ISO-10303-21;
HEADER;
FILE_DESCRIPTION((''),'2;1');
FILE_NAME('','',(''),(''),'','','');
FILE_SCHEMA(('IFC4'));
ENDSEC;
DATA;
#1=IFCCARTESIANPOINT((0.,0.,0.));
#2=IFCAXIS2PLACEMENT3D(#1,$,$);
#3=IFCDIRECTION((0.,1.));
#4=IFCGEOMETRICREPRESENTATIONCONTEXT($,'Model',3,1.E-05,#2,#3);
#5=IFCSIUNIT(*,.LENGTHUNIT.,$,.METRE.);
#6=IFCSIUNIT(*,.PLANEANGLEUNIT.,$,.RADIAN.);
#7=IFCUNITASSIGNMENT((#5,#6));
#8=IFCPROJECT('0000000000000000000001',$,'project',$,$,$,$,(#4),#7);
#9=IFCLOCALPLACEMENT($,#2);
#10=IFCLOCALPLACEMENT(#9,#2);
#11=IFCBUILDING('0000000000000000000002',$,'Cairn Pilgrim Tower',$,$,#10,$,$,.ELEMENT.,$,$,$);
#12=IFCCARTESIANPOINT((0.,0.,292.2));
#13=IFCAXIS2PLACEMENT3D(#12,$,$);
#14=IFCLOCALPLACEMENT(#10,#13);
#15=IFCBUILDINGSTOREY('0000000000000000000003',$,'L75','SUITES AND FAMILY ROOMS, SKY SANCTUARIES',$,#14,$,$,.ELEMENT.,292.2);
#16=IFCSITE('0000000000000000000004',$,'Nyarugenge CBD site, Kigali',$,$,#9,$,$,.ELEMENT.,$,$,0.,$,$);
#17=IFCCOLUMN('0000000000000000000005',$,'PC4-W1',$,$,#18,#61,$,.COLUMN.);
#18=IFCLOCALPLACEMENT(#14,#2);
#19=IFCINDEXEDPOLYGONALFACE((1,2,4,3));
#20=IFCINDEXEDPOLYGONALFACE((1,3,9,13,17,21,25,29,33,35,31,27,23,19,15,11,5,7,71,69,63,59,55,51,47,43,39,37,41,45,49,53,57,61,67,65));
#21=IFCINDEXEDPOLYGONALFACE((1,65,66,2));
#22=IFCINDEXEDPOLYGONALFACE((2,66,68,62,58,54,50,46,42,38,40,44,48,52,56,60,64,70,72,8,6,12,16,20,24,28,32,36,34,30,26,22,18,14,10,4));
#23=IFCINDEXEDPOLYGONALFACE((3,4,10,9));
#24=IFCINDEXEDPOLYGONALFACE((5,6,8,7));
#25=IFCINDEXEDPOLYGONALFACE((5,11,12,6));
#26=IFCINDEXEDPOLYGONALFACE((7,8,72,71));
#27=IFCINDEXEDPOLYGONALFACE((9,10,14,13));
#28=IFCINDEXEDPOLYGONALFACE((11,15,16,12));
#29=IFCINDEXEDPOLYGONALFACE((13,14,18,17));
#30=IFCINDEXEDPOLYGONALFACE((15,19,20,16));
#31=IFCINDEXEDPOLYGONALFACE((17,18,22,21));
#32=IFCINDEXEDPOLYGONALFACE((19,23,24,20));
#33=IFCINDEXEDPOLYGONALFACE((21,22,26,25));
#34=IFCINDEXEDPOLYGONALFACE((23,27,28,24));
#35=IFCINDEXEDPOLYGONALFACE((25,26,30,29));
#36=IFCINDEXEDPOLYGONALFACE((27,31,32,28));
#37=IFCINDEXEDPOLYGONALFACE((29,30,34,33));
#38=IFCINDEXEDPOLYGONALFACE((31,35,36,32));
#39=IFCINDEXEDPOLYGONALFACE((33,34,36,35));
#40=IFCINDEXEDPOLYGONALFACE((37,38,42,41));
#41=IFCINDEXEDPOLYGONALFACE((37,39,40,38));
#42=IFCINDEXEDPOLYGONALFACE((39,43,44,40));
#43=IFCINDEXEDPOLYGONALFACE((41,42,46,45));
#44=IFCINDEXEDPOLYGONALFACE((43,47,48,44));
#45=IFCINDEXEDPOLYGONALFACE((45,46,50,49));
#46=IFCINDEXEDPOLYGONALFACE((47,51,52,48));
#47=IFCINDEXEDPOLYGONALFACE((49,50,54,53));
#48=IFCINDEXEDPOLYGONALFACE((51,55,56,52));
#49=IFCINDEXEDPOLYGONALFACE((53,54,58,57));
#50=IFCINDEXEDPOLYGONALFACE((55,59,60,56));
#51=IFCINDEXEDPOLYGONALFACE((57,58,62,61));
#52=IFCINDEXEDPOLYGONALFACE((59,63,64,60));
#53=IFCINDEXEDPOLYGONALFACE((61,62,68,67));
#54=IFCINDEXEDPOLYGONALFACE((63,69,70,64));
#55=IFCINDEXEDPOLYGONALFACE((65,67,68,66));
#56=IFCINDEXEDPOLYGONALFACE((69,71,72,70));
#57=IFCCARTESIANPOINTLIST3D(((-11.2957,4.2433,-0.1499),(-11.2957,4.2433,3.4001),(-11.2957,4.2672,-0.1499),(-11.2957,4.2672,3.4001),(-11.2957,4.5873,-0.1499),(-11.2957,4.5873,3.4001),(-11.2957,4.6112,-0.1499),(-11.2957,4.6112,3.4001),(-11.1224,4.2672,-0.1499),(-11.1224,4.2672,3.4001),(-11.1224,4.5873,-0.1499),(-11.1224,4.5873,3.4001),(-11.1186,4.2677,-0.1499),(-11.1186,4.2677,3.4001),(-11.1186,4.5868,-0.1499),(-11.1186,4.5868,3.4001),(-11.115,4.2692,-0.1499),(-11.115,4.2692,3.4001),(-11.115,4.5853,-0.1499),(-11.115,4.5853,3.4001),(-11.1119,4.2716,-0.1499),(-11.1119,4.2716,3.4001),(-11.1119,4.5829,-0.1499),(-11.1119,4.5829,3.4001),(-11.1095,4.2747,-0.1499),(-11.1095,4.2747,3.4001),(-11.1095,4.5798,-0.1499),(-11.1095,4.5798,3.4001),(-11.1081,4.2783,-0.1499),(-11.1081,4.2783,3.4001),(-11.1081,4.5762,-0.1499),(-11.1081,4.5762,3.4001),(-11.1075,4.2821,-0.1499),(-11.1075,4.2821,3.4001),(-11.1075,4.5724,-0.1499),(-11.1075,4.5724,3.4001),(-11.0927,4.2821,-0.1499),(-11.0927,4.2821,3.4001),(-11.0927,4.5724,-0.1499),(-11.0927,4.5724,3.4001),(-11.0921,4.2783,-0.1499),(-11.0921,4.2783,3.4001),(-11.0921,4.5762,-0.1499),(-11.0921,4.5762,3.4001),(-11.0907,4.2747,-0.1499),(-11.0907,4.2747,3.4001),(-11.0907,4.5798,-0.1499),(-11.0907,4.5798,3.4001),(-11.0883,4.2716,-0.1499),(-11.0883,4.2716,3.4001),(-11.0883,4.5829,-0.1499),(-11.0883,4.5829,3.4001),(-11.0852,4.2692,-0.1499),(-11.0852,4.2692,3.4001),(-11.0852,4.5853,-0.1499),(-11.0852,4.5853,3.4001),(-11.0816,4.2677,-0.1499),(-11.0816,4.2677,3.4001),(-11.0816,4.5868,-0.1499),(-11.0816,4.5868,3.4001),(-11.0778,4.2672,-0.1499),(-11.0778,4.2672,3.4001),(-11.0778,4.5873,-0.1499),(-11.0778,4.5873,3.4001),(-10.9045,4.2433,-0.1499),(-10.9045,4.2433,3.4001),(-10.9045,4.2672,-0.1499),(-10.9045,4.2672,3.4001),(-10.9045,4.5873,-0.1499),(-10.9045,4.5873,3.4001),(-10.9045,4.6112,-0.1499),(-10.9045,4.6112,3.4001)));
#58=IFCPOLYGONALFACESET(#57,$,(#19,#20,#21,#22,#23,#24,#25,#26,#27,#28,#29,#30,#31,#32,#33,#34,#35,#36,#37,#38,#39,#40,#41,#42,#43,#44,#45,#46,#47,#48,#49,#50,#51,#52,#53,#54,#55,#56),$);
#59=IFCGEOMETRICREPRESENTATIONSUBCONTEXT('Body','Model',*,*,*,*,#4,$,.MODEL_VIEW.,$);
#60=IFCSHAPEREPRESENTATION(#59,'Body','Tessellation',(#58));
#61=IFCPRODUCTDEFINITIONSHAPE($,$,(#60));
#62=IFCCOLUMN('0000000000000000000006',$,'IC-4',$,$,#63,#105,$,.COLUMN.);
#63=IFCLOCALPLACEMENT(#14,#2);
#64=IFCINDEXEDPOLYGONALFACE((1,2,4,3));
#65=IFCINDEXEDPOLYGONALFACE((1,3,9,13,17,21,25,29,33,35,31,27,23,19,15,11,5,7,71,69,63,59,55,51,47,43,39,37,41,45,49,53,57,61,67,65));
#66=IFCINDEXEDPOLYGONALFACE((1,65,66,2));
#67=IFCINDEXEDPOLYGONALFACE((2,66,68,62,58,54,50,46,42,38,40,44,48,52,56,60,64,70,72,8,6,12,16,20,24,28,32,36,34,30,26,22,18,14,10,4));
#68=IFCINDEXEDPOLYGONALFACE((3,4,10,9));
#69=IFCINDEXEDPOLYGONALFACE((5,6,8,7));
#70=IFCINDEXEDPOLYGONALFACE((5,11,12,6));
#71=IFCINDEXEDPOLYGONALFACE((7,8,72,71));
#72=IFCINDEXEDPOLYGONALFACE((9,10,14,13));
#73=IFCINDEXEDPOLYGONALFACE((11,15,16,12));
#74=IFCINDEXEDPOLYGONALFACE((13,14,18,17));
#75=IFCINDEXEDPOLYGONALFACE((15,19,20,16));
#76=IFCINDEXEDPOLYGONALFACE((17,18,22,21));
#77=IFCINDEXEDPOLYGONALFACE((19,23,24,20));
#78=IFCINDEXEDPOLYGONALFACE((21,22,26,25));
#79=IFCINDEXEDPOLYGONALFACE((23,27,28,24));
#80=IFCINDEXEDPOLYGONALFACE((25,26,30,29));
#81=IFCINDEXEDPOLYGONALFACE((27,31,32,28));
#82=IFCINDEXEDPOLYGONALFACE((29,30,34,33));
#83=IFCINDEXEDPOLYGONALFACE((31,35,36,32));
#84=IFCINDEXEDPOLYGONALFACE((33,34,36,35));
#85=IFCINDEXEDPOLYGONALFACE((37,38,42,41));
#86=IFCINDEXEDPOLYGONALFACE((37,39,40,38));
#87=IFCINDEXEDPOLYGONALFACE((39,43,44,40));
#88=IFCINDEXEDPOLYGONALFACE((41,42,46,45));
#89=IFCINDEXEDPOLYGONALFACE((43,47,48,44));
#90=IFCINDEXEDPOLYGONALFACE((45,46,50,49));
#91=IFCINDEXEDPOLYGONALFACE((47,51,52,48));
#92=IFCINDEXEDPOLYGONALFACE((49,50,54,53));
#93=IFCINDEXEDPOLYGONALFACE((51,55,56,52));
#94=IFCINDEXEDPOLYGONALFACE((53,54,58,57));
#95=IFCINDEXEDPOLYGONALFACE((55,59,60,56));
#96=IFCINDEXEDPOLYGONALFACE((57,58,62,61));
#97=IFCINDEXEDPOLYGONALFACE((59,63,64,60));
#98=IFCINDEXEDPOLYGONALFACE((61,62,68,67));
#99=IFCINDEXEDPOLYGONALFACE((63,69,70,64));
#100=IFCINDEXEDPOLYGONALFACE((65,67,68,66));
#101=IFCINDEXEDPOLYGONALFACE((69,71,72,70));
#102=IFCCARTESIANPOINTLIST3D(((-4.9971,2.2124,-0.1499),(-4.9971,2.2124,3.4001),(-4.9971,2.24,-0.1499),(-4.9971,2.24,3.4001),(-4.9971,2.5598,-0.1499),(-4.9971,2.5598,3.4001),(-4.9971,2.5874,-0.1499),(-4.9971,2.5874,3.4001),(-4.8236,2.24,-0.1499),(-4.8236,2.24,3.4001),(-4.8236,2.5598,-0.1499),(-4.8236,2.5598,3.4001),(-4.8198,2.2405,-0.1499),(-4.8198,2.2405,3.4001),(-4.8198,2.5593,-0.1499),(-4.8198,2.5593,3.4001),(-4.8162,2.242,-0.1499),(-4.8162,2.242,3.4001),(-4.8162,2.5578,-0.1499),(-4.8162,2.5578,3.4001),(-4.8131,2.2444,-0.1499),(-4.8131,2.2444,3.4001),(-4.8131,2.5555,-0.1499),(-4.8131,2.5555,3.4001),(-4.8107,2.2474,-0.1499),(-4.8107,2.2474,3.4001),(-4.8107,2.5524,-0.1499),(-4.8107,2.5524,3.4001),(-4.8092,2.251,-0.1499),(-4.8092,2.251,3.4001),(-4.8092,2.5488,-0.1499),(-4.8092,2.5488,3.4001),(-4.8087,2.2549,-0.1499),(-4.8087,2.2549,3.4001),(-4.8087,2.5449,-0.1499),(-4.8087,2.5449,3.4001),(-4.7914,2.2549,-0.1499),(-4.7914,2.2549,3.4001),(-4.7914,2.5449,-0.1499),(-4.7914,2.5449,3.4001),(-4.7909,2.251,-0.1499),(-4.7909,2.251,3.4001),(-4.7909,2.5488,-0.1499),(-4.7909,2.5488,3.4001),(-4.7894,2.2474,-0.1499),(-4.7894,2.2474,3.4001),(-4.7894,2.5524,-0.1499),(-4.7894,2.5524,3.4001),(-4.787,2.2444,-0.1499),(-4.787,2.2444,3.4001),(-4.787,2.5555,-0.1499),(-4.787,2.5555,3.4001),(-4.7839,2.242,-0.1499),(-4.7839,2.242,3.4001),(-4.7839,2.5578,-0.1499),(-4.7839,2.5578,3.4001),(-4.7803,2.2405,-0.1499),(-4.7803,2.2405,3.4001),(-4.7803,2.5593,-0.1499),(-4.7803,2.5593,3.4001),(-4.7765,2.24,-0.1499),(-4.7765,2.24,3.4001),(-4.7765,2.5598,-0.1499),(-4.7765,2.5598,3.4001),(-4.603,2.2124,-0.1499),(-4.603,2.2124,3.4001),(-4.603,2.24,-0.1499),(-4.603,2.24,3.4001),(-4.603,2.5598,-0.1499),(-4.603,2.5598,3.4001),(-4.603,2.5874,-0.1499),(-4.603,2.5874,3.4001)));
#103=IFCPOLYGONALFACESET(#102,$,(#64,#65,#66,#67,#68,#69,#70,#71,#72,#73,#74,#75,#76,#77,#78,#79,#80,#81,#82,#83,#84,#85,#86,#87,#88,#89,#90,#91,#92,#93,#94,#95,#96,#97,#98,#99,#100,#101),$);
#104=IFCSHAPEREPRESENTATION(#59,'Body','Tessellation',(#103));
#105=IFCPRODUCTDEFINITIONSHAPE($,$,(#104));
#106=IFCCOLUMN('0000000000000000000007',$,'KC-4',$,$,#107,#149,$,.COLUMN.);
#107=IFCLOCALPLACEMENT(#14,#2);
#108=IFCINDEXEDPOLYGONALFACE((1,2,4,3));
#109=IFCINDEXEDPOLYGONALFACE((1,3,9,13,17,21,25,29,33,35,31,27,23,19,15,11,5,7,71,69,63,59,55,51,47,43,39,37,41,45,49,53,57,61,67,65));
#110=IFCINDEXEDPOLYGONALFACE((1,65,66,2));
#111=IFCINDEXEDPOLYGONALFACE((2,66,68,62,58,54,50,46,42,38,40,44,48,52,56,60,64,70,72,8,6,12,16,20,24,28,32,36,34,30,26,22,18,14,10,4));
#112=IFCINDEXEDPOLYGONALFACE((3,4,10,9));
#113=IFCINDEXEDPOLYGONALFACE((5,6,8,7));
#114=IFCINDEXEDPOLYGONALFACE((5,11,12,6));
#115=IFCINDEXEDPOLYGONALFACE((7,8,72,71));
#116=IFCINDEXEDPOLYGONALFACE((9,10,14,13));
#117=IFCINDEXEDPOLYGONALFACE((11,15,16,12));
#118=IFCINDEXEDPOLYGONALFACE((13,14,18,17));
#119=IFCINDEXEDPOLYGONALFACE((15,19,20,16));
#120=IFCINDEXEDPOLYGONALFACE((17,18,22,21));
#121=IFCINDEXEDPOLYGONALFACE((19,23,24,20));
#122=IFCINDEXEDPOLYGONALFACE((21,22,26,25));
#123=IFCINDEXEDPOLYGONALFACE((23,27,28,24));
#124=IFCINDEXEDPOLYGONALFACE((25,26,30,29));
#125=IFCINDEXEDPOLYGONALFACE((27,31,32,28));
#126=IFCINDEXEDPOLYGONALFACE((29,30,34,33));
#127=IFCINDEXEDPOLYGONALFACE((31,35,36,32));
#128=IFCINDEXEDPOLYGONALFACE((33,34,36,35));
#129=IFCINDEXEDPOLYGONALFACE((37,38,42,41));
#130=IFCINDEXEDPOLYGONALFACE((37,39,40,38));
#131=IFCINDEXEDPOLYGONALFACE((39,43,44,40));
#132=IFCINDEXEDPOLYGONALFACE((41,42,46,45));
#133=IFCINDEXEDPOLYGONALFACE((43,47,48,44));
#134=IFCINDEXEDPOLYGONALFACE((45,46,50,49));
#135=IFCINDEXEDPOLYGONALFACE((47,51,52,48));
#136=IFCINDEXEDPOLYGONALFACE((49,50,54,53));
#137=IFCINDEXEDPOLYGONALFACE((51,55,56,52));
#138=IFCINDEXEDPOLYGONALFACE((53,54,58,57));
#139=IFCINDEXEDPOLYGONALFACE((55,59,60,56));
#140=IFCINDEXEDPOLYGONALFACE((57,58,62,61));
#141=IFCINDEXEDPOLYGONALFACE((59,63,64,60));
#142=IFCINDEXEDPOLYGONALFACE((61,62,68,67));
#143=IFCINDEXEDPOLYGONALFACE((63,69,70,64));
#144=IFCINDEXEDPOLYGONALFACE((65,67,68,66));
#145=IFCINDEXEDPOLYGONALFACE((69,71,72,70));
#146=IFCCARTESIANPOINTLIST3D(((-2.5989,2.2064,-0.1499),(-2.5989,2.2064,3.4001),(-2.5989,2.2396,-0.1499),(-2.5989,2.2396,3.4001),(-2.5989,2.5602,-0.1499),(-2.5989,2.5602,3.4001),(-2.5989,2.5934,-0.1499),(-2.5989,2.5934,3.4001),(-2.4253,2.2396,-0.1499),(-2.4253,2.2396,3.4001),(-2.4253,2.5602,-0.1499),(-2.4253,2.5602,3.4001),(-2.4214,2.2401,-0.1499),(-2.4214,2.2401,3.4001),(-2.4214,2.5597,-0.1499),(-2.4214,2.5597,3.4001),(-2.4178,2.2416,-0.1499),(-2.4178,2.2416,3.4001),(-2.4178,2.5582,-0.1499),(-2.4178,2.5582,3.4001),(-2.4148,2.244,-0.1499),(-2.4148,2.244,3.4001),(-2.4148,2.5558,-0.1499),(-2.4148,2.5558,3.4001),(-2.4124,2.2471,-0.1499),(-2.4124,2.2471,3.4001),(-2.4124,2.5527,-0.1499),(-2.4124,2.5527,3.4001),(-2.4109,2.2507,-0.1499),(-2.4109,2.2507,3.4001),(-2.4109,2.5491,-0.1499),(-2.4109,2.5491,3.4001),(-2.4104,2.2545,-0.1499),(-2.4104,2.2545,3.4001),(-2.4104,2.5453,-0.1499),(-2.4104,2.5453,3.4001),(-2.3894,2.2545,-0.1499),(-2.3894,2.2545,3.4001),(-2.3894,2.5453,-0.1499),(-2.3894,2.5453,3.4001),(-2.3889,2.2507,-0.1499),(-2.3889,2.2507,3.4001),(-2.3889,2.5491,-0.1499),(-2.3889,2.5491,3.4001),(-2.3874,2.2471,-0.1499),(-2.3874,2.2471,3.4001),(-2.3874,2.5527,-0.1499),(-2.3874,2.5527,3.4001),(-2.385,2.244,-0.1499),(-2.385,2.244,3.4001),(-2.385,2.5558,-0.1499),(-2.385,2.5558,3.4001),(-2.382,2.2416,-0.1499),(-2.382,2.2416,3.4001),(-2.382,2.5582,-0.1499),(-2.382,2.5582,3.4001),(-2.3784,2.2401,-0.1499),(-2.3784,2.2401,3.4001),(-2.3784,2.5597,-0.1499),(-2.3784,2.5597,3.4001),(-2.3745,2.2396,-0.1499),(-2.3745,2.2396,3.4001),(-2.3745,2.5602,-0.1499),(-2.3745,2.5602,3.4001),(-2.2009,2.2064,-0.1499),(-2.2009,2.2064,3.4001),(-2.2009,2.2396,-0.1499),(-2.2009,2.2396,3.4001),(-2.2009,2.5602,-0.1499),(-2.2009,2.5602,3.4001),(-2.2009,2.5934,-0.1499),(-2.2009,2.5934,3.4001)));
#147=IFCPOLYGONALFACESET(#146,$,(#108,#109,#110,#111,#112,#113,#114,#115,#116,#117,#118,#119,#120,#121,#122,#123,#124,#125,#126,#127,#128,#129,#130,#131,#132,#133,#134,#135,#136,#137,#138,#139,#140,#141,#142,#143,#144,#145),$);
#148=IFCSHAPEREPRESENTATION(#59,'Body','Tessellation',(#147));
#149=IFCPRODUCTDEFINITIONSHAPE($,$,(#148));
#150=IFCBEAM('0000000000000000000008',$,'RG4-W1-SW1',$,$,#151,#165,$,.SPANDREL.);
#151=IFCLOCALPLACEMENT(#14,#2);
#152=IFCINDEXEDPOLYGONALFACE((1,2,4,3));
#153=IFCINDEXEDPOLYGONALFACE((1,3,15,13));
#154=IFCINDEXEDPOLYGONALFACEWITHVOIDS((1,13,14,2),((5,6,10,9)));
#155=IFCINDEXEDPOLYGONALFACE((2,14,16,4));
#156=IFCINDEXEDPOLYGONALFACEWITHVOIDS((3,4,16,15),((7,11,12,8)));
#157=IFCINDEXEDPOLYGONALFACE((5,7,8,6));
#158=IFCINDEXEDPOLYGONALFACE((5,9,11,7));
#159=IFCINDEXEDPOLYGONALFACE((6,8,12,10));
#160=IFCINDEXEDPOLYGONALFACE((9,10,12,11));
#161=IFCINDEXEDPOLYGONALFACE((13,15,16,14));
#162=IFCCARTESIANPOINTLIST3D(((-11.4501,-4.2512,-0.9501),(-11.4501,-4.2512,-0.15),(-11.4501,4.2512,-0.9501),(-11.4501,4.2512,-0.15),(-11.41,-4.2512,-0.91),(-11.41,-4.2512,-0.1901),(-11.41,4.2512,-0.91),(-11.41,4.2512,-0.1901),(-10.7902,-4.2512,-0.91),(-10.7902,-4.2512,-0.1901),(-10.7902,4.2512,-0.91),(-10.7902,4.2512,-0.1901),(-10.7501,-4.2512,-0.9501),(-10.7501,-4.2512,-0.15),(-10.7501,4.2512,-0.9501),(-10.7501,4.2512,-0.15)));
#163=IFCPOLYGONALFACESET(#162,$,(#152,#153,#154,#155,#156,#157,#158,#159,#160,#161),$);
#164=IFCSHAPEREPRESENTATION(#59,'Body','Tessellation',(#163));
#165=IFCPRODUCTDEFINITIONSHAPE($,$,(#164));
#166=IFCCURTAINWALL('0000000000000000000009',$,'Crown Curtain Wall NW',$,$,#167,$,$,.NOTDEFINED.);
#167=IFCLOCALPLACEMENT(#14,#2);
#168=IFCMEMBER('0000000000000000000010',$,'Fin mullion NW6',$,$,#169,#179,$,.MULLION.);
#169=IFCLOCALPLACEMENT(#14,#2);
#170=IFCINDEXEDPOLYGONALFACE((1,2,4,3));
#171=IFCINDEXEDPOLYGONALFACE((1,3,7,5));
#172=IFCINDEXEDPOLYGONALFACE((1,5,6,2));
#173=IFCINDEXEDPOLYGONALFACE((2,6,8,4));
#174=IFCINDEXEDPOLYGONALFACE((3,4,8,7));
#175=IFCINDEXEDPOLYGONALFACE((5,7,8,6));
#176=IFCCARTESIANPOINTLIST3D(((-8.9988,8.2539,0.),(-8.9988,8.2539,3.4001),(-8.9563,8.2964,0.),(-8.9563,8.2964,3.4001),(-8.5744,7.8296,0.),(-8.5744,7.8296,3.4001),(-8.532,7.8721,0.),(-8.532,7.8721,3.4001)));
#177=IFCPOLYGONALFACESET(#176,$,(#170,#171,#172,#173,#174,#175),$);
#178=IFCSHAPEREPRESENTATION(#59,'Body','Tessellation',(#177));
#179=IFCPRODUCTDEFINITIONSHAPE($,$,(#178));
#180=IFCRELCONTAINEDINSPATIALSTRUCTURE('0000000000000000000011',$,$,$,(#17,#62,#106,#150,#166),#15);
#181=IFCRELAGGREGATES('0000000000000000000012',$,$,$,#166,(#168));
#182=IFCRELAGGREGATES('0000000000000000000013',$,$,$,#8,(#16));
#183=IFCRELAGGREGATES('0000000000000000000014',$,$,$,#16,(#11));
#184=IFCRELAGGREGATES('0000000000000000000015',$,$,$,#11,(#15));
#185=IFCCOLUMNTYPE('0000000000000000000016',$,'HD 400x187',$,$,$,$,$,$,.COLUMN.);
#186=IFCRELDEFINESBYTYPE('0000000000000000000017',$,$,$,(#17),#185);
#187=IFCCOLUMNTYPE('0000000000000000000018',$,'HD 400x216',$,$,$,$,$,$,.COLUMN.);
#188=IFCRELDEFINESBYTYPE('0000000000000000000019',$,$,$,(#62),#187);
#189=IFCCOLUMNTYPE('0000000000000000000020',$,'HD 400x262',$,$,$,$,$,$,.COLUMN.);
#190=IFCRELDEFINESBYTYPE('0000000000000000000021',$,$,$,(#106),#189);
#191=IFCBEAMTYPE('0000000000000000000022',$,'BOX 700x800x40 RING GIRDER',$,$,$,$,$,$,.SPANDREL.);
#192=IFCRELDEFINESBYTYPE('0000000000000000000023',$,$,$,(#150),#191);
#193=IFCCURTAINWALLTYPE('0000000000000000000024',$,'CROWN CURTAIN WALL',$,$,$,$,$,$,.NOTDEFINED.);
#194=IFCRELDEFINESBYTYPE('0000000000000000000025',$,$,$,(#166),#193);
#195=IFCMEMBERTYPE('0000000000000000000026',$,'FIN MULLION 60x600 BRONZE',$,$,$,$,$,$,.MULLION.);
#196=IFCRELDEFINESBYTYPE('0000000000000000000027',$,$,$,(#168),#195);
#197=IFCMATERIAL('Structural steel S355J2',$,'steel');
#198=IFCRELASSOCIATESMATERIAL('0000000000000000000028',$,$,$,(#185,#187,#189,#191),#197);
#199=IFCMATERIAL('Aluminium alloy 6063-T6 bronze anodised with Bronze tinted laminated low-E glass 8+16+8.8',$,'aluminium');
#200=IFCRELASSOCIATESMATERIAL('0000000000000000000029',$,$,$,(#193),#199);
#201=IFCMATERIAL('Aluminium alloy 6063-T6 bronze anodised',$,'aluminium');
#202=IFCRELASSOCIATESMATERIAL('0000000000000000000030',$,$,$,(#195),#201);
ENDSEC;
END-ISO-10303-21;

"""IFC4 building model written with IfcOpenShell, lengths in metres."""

from ifc_helpers import new_model, si_unit, direction, frame, origin, origin_2d, place, context, subcontext, project, spatial, rectangle, hollow_rectangle, i_section, extrude, material, material_profile, profile_set, type_object, element, aggregate, save


model = new_model("IFC4")

# Units and contexts
model_context = context("Model", 3, precision=1e-05, world=origin(), true_north=direction((0.0, 1.0)))
body_context = subcontext(model_context, "Body", "Model", "MODEL_VIEW")
ifc_project = project(units=[si_unit("LENGTHUNIT", "METRE"), si_unit("PLANEANGLEUNIT", "RADIAN")], contexts=[model_context])

# Site, building, storey
site_placement = place(None, origin())
site = spatial("IfcSite", under=ifc_project, at=site_placement, Name="Nyarugenge CBD site, Kigali", CompositionType="ELEMENT", RefElevation=0.0)
building_placement = place(site_placement, origin())
building = spatial("IfcBuilding", under=site, at=building_placement, Name="Cairn Pilgrim Tower", CompositionType="ELEMENT")
storey_placement = place(building_placement, frame((0.0, 0.0, 292.2)))
storey = spatial("IfcBuildingStorey", under=building, at=storey_placement, Name="L75", Description="SUITES AND FAMILY ROOMS, SKY SANCTUARIES", CompositionType="ELEMENT", Elevation=292.2)

# Columns
ifc_material_1 = material(Name="Structural steel S355J2", Category="steel")
ifc_material_profile_1 = material_profile(ifc_material_1, i_section(OverallWidth=0.3911, OverallDepth=0.3679, WebThickness=0.0149, FlangeThickness=0.0239, FilletRadius=0.0149, at=origin_2d()), Name="HD 400x187")
ifc_profile_set_1 = profile_set([ifc_material_profile_1], Name="Structural steel S355J2")
column_type_1 = type_object("IfcColumnType", Name="HD 400x187", PredefinedType="COLUMN", material=ifc_profile_set_1)
column_1_placement = place(storey_placement, frame((-11.1001, 4.4272, -0.1499), z_axis=(0.0, 0.0, 1.0), x_axis=(1.0, 0.0, 0.0)))
element("IfcColumn", 1, at=column_1_placement, inside=storey, type_object=column_type_1, Name="PC4-W1", PredefinedType="COLUMN", context=body_context, shape_type="SweptSolid", body=[
    extrude(i_section(OverallWidth=0.3911, OverallDepth=0.3679, WebThickness=0.0149, FlangeThickness=0.0239, FilletRadius=0.0149, at=origin_2d()), origin(), (0.0, 0.0, 1.0), 3.55),
])
ifc_material_profile_2 = material_profile(ifc_material_1, i_section(OverallWidth=0.394, OverallDepth=0.375, WebThickness=0.0173, FlangeThickness=0.0276, FilletRadius=0.0149, at=origin_2d()), Name="HD 400x216")
ifc_profile_set_2 = profile_set([ifc_material_profile_2], Name="Structural steel S355J2")
column_type_2 = type_object("IfcColumnType", Name="HD 400x216", PredefinedType="COLUMN", material=ifc_profile_set_2)
column_2_placement = place(storey_placement, frame((-4.8, 2.3999, -0.1499), z_axis=(0.0, 0.0, 1.0), x_axis=(1.0, 0.0, 0.0)))
element("IfcColumn", 2, at=column_2_placement, inside=storey, type_object=column_type_2, Name="IC-4", PredefinedType="COLUMN", context=body_context, shape_type="SweptSolid", body=[
    extrude(i_section(OverallWidth=0.394, OverallDepth=0.375, WebThickness=0.0173, FlangeThickness=0.0276, FilletRadius=0.0149, at=origin_2d()), origin(), (0.0, 0.0, 1.0), 3.55),
])
ifc_material_profile_3 = material_profile(ifc_material_1, i_section(OverallWidth=0.3979, OverallDepth=0.387, WebThickness=0.021, FlangeThickness=0.0332, FilletRadius=0.0149, at=origin_2d()), Name="HD 400x262")
ifc_profile_set_3 = profile_set([ifc_material_profile_3], Name="Structural steel S355J2")
column_type_3 = type_object("IfcColumnType", Name="HD 400x262", PredefinedType="COLUMN", material=ifc_profile_set_3)
column_3_placement = place(storey_placement, frame((-2.3999, 2.3999, -0.1499), z_axis=(0.0, 0.0, 1.0), x_axis=(1.0, 0.0, 0.0)))
element("IfcColumn", 3, at=column_3_placement, inside=storey, type_object=column_type_3, Name="KC-4", PredefinedType="COLUMN", context=body_context, shape_type="SweptSolid", body=[
    extrude(i_section(OverallWidth=0.3979, OverallDepth=0.387, WebThickness=0.021, FlangeThickness=0.0332, FilletRadius=0.0149, at=origin_2d()), origin(), (0.0, 0.0, 1.0), 3.55),
])

# Beam
ifc_material_profile_4 = material_profile(ifc_material_1, hollow_rectangle(XDim=0.7, YDim=0.8, WallThickness=0.04, at=origin_2d()), Name="BOX 700x800x40")
ifc_profile_set_4 = profile_set([ifc_material_profile_4], Name="Structural steel S355J2")
beam_type_1 = type_object("IfcBeamType", Name="BOX 700x800x40 RING GIRDER", PredefinedType="SPANDREL", material=ifc_profile_set_4)
beam_1_placement = place(storey_placement, frame((-11.1001, 4.2512, -0.55), z_axis=(0.0, -1.0, 0.0), x_axis=(1.0, 0.0, 0.0)))
element("IfcBeam", 4, at=beam_1_placement, inside=storey, type_object=beam_type_1, Name="RG4-W1-SW1", PredefinedType="SPANDREL", context=body_context, shape_type="SweptSolid", body=[
    extrude(hollow_rectangle(XDim=0.7, YDim=0.8, WallThickness=0.04, at=origin_2d()), origin(), (0.0, 0.0, 1.0), 8.5024),
])

# Curtain wall, member
ifc_material_2 = material(Name="Aluminium alloy 6063-T6 bronze anodised with Bronze tinted laminated low-E glass 8+16+8.8", Category="aluminium")
curtain_wall_type = type_object("IfcCurtainWallType", Name="CROWN CURTAIN WALL", PredefinedType="NOTDEFINED", material=ifc_material_2)
curtain_wall_1_placement = place(storey_placement, origin())
curtain_wall_1 = element("IfcCurtainWall", 5, at=curtain_wall_1_placement, inside=storey, type_object=curtain_wall_type, Name="Crown Curtain Wall NW", PredefinedType="NOTDEFINED")
ifc_material_3 = material(Name="Aluminium alloy 6063-T6 bronze anodised", Category="aluminium")
ifc_material_profile_5 = material_profile(ifc_material_3, rectangle(XDim=0.6001, YDim=0.0601, at=origin_2d()), Name="FIN MULLION 60x600 BRONZE")
ifc_profile_set_5 = profile_set([ifc_material_profile_5], Name="Aluminium alloy 6063-T6 bronze anodised")
member_type_1 = type_object("IfcMemberType", Name="FIN MULLION 60x600 BRONZE", PredefinedType="MULLION", material=ifc_profile_set_5)
member_1_placement = place(storey_placement, frame((-8.7654, 8.063, 0.0), z_axis=(0.0, 0.0, 1.0), x_axis=(-0.707107, 0.707107, 0.0)))
member_1 = element("IfcMember", 6, at=member_1_placement, type_object=member_type_1, Name="Fin mullion NW6", PredefinedType="MULLION", context=body_context, shape_type="SweptSolid", body=[
    extrude(rectangle(XDim=0.6001, YDim=0.0601, at=origin_2d()), origin(), (0.0, 0.0, 1.0), 3.4001),
])

aggregate(curtain_wall_1, [member_1])

save(model, "model.ifc")
